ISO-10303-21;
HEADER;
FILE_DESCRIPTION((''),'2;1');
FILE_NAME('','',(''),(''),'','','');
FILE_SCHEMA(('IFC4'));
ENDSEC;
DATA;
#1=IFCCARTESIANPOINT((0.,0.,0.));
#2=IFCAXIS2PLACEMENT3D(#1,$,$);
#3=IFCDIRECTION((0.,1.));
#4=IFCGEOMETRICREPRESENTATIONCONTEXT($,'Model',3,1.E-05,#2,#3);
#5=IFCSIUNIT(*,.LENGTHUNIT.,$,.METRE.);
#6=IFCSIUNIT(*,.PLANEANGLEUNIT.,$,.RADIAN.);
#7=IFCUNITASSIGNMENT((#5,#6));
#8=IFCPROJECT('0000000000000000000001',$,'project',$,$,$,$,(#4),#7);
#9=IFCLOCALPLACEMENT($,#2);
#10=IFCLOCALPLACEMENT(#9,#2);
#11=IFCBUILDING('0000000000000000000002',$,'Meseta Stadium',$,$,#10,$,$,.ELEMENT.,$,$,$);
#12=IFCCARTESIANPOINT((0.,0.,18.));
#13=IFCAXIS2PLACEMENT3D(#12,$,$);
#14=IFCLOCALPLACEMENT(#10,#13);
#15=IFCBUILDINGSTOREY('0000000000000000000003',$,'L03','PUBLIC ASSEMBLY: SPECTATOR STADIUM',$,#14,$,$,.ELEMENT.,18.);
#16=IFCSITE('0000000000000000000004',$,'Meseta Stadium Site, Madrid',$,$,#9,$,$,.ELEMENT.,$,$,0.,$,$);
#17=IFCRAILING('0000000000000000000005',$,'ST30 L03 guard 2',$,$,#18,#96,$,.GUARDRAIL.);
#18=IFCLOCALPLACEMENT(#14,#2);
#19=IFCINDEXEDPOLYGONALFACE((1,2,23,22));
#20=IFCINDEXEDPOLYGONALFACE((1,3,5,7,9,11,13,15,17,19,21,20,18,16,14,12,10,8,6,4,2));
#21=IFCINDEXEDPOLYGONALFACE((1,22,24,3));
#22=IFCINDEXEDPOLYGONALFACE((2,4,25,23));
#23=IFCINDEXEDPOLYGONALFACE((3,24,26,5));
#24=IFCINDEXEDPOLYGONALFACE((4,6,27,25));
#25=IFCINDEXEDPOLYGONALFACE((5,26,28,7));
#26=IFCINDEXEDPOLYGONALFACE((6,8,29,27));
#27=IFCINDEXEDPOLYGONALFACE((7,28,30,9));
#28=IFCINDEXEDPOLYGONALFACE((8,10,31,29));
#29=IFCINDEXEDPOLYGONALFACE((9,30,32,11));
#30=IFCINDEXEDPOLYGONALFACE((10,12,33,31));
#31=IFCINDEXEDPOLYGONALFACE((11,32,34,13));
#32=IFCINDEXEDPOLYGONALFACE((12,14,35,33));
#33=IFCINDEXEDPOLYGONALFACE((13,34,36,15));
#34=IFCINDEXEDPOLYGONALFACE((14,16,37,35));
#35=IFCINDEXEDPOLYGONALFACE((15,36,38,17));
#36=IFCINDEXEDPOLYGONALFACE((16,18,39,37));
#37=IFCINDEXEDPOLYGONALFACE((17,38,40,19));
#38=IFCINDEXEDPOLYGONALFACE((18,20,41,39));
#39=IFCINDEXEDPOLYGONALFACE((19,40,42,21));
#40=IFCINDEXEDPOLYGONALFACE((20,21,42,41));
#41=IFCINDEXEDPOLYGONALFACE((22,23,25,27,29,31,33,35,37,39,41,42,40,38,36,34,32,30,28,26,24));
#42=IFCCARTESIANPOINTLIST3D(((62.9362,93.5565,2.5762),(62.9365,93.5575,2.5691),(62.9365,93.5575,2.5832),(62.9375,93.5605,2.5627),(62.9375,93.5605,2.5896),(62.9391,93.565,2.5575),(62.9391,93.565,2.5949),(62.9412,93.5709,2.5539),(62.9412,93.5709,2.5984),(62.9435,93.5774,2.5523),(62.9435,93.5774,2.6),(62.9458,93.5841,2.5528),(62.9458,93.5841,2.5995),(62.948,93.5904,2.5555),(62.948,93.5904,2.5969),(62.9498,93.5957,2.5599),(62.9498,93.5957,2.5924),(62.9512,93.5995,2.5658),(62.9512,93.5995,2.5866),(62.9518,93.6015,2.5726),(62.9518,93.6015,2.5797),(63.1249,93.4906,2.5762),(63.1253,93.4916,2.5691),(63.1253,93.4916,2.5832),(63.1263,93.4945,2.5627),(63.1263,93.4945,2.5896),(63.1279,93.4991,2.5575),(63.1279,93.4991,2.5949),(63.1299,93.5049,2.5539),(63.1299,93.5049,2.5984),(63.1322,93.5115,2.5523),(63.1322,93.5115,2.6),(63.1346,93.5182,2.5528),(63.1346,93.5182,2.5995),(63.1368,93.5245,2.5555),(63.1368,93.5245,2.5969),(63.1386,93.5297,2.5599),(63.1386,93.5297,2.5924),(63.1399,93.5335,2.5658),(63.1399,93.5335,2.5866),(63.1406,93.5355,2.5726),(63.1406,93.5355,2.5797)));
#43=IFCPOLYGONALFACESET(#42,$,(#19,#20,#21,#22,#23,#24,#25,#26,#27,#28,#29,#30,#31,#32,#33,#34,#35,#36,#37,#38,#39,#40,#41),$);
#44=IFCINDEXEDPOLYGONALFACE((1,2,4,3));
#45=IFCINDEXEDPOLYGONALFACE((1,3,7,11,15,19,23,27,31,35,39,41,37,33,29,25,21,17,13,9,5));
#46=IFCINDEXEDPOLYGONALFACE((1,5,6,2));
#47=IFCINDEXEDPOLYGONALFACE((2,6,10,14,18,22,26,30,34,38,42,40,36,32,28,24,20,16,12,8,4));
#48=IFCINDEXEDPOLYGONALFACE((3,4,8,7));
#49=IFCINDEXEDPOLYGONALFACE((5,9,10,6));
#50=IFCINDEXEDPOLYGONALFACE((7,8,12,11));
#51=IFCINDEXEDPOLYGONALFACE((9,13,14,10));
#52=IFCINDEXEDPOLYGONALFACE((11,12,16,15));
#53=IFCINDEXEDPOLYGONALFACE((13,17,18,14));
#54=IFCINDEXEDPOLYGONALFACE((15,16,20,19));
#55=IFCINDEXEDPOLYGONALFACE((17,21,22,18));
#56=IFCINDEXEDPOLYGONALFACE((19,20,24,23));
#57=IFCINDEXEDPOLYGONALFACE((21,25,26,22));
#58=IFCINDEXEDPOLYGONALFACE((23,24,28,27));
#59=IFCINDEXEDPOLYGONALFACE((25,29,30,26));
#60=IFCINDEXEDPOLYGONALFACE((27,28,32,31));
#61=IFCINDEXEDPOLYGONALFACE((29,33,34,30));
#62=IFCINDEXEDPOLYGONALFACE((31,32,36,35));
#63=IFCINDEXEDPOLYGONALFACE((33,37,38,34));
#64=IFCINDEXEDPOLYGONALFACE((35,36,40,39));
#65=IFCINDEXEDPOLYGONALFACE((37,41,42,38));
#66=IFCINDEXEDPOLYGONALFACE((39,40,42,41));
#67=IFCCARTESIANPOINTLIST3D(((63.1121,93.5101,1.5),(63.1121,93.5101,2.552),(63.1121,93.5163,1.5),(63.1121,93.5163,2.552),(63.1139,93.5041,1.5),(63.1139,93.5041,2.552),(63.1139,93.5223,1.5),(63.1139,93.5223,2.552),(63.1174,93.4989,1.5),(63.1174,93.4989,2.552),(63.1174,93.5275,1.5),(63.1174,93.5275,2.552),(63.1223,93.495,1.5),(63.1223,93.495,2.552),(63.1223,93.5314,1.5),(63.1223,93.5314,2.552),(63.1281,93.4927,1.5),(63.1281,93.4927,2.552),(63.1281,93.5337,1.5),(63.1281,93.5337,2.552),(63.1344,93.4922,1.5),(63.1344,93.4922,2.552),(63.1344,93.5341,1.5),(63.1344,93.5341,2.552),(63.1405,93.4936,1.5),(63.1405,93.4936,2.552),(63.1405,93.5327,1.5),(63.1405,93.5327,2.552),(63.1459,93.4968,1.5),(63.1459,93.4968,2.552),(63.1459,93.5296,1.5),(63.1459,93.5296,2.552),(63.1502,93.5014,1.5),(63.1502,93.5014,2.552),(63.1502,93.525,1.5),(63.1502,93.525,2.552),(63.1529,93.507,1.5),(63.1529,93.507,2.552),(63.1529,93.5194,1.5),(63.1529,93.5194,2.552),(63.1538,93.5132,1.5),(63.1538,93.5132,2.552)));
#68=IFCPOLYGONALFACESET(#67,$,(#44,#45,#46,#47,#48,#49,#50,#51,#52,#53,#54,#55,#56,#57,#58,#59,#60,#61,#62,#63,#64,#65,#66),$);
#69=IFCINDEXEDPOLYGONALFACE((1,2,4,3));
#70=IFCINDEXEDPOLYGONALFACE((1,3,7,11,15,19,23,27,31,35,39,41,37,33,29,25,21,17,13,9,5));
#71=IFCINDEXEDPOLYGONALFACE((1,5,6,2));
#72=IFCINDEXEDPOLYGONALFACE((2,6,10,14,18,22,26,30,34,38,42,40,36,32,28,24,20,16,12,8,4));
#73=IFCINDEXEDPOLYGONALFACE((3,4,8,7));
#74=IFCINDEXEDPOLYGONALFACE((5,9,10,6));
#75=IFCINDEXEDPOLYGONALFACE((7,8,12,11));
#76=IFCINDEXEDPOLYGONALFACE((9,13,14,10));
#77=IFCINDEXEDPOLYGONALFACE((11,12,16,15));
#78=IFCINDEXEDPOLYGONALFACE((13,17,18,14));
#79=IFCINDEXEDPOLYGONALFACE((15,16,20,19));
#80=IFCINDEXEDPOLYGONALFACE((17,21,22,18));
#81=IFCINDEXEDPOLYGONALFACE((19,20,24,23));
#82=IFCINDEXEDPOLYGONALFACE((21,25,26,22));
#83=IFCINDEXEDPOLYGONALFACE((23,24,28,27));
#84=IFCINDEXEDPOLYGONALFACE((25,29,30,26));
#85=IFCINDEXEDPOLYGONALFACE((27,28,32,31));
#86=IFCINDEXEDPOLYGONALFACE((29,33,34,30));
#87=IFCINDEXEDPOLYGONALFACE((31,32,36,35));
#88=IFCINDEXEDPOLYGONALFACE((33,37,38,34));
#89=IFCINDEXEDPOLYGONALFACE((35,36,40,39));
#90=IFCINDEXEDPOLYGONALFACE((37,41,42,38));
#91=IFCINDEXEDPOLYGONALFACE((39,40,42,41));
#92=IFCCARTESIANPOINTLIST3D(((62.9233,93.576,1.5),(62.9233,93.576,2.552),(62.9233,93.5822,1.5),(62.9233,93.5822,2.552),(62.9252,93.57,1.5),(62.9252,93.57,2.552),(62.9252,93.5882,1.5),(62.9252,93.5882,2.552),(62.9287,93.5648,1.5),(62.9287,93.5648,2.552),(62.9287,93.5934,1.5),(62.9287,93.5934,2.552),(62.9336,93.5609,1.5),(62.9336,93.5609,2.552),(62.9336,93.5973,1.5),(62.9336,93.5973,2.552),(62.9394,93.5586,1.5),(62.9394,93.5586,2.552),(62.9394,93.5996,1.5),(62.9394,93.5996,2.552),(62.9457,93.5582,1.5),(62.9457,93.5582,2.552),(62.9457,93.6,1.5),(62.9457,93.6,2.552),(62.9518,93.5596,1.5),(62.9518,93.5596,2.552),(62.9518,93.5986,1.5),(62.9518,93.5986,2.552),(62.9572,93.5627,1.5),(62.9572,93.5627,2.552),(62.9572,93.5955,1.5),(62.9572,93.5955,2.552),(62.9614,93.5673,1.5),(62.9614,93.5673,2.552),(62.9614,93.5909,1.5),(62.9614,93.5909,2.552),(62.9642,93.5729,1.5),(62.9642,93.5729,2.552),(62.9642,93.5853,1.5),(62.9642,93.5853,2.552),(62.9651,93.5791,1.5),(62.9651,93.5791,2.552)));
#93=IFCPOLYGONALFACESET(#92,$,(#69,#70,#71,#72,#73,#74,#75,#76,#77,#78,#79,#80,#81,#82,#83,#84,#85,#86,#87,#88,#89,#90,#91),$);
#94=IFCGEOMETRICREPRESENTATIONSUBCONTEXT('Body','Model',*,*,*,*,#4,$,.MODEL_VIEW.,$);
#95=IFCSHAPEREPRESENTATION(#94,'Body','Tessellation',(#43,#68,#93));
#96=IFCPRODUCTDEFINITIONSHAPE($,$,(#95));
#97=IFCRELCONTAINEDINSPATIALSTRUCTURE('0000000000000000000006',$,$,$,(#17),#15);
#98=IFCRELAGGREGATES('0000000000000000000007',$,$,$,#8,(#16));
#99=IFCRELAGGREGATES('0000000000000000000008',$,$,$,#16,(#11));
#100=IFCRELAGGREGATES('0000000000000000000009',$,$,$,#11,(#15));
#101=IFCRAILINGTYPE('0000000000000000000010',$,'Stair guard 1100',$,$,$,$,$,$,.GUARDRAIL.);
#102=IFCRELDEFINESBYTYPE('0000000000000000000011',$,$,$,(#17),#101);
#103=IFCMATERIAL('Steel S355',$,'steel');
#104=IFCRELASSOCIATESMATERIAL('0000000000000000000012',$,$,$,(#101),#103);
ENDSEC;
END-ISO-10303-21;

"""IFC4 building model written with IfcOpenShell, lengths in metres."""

from ifc_helpers import new_model, si_unit, direction, frame, origin, origin_2d, place, context, subcontext, project, spatial, circle, extrude, material, type_object, element, save


model = new_model("IFC4")

# Units and contexts
model_context = context("Model", 3, precision=1e-05, world=origin(), true_north=direction((0.0, 1.0)))
body_context = subcontext(model_context, "Body", "Model", "MODEL_VIEW")
ifc_project = project(units=[si_unit("LENGTHUNIT", "METRE"), si_unit("PLANEANGLEUNIT", "RADIAN")], contexts=[model_context])

# Site, building, storey
site_placement = place(None, origin())
site = spatial("IfcSite", under=ifc_project, at=site_placement, Name="Meseta Stadium Site, Madrid", CompositionType="ELEMENT", RefElevation=0.0)
building_placement = place(site_placement, origin())
building = spatial("IfcBuilding", under=site, at=building_placement, Name="Meseta Stadium", CompositionType="ELEMENT")
storey_placement = place(building_placement, frame((0.0, 0.0, 18.0)))
storey = spatial("IfcBuildingStorey", under=building, at=storey_placement, Name="L03", Description="PUBLIC ASSEMBLY: SPECTATOR STADIUM", CompositionType="ELEMENT", Elevation=18.0)

# Railing
ifc_material_1 = material(Name="Steel S355", Category="steel")
railing_type_1 = type_object("IfcRailingType", Name="Stair guard 1100", PredefinedType="GUARDRAIL", material=ifc_material_1)
railing_1_placement = place(storey_placement, frame((63.1328, 93.5132, 1.5)))
element("IfcRailing", 1, at=railing_1_placement, inside=storey, type_object=railing_type_1, Name="ST30 L03 guard 2", PredefinedType="GUARDRAIL", context=body_context, shape_type="SweptSolid", body=[
    extrude(circle(Radius=0.0239, at=origin_2d()), frame((0.0, 0.0, 1.0762), z_axis=(-0.944068, 0.329752, 0.0), x_axis=(-0.329752, -0.944068, 0.0)), (0.0, 0.0, 1.0), 0.2),
    extrude(circle(Radius=0.021, at=origin_2d()), origin(), (0.0, 0.0, 1.0), 1.052),
    extrude(circle(Radius=0.021, at=origin_2d()), frame((-0.1887, 0.0659, 0.0)), (0.0, 0.0, 1.0), 1.052),
])

save(model, "model.ifc")
